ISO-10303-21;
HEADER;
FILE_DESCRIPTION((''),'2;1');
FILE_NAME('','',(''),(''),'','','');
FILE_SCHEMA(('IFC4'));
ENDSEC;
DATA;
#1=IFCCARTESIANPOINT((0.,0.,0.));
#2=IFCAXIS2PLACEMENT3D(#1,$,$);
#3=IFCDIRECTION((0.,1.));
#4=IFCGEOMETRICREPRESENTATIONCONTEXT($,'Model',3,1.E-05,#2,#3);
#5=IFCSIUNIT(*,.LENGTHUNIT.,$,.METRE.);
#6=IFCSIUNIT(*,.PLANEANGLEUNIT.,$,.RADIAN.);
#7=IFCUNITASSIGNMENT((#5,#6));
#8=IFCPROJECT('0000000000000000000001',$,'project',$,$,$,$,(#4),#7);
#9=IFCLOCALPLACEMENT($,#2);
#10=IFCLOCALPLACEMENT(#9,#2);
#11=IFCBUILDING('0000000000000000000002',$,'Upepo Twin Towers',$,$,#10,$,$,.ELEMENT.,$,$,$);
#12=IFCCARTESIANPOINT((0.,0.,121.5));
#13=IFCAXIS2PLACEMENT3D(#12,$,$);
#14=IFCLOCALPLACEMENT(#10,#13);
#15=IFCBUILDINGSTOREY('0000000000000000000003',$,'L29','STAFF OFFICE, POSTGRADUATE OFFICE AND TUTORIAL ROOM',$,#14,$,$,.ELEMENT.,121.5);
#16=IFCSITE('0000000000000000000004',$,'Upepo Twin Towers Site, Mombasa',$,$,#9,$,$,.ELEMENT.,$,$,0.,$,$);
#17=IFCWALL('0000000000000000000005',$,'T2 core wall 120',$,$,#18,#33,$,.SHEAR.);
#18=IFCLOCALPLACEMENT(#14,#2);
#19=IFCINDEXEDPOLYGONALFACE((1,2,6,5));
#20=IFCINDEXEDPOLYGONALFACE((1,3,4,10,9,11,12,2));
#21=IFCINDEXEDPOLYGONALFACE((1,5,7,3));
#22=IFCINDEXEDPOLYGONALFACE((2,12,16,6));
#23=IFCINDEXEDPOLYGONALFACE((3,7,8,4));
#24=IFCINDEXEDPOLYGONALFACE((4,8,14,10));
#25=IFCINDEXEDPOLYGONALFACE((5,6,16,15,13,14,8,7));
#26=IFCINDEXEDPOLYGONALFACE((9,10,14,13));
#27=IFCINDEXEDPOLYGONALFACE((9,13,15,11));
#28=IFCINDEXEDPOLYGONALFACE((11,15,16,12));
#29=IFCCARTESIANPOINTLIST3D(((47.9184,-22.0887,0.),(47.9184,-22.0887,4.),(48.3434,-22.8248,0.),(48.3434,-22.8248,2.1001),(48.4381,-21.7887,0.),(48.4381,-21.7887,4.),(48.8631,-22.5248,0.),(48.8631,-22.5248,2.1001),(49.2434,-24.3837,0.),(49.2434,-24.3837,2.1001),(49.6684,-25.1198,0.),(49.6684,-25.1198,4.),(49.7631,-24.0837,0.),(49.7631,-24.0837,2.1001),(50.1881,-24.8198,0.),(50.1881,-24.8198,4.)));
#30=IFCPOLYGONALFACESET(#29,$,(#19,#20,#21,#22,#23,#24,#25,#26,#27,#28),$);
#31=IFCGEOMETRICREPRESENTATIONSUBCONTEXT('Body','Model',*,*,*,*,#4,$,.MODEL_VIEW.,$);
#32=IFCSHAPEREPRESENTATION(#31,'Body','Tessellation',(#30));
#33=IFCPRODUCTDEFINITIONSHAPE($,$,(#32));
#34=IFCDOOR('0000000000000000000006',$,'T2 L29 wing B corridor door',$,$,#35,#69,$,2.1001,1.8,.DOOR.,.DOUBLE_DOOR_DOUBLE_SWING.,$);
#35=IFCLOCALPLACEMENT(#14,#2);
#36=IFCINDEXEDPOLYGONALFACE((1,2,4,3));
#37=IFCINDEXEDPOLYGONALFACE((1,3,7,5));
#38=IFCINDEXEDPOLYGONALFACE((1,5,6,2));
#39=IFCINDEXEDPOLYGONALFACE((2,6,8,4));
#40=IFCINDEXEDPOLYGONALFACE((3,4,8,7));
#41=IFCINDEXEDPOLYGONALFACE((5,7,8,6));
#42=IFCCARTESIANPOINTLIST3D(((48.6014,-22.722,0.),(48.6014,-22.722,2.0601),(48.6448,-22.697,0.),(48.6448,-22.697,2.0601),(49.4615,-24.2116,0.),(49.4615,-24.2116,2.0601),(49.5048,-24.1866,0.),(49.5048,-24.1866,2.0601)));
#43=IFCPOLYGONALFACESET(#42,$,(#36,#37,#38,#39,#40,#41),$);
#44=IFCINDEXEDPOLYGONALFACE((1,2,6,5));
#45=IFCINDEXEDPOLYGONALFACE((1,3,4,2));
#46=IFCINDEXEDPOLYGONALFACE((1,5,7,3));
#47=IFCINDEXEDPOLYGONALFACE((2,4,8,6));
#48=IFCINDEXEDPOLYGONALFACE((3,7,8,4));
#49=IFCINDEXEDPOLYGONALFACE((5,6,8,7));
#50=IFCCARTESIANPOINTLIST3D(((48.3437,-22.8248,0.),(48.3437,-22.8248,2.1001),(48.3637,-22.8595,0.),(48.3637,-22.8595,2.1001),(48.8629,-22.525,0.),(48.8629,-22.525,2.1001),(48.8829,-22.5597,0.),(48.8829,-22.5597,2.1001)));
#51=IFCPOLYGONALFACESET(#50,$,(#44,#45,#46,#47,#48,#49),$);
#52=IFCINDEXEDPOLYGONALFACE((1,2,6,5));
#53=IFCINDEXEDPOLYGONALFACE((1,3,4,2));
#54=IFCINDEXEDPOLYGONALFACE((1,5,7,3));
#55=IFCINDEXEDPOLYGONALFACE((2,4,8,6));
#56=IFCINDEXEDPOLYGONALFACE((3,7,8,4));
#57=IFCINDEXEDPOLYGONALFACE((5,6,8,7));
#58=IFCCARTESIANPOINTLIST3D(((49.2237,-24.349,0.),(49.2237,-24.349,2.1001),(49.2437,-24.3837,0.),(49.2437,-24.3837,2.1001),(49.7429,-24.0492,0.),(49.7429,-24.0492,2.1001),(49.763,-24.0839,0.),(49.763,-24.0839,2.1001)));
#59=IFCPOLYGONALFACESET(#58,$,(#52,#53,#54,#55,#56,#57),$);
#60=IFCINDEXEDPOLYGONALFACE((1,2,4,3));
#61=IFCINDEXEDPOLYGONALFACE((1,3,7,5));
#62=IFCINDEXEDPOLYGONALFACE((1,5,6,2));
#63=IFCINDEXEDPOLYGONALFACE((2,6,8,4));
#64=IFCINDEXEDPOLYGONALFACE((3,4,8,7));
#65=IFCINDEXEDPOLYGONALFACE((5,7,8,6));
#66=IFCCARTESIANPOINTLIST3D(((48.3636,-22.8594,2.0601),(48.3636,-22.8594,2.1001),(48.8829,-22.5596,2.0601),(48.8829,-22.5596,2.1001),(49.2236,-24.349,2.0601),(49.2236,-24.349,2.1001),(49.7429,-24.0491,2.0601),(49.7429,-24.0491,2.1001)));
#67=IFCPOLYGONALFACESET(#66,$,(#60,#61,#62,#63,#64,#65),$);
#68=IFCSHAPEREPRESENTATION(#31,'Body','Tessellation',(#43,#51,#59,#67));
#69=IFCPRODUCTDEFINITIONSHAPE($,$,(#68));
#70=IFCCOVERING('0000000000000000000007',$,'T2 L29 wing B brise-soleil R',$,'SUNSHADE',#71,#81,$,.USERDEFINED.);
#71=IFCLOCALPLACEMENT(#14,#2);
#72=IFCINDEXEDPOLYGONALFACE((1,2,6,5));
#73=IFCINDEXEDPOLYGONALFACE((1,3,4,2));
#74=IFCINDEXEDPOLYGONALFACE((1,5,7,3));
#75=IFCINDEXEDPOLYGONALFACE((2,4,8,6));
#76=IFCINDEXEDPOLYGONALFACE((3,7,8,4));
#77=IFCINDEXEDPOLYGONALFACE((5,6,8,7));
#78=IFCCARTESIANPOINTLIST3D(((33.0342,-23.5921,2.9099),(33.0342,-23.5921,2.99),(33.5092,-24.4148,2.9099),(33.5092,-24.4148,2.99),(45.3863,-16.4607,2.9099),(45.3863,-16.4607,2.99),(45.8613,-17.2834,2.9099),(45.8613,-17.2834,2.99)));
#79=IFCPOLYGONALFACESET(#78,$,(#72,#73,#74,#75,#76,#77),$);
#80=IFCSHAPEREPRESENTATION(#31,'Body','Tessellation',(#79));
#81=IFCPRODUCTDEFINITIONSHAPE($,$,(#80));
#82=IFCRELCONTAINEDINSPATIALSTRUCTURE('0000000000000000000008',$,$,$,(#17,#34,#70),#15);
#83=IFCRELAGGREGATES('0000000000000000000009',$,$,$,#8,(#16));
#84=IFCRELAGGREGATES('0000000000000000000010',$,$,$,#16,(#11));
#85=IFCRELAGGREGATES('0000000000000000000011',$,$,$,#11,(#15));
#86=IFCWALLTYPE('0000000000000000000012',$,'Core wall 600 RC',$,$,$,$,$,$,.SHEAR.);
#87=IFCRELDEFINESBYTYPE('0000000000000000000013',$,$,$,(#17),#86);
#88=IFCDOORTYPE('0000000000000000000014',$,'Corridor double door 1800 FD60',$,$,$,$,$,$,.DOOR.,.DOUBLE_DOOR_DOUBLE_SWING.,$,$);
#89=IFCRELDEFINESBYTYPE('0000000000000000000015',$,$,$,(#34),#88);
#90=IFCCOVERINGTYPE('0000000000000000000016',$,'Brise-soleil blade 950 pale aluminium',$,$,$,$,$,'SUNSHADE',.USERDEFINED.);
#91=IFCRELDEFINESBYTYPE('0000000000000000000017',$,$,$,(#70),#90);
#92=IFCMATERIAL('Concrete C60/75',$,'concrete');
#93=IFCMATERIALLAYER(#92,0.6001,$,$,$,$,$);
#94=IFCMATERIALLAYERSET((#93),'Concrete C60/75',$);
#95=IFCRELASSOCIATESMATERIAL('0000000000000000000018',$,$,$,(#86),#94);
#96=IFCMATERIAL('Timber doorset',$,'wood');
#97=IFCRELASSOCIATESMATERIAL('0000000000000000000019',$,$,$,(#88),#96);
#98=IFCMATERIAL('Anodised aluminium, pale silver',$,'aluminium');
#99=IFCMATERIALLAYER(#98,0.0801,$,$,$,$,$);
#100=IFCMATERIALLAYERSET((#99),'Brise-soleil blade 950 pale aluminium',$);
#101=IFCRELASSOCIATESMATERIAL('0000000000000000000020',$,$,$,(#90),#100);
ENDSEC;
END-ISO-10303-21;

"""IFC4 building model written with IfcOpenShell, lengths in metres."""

from ifc_helpers import new_model, si_unit, direction, frame, frame_2d, origin, origin_2d, place, context, subcontext, project, spatial, rectangle, extrude, material, layer, layer_set, type_object, element, fill, save


model = new_model("IFC4")

# Units and contexts
model_context = context("Model", 3, precision=1e-05, world=origin(), true_north=direction((0.0, 1.0)))
body_context = subcontext(model_context, "Body", "Model", "MODEL_VIEW")
ifc_project = project(units=[si_unit("LENGTHUNIT", "METRE"), si_unit("PLANEANGLEUNIT", "RADIAN")], contexts=[model_context])

# Site, building, storey
site_placement = place(None, origin())
site = spatial("IfcSite", under=ifc_project, at=site_placement, Name="Upepo Twin Towers Site, Mombasa", CompositionType="ELEMENT", RefElevation=0.0)
building_placement = place(site_placement, origin())
building = spatial("IfcBuilding", under=site, at=building_placement, Name="Upepo Twin Towers", CompositionType="ELEMENT")
storey_placement = place(building_placement, frame((0.0, 0.0, 121.5)))
storey = spatial("IfcBuildingStorey", under=building, at=storey_placement, Name="L29", Description="STAFF OFFICE, POSTGRADUATE OFFICE AND TUTORIAL ROOM", CompositionType="ELEMENT", Elevation=121.5)

# Shared definitions
ifc_material_1 = material(Name="Concrete C60/75", Category="concrete")
ifc_layer_1 = layer(ifc_material_1, 0.6001)
ifc_layer_set_1 = layer_set([ifc_layer_1], Name="Concrete C60/75")
wall_type_1 = type_object("IfcWallType", Name="Core wall 600 RC", PredefinedType="SHEAR", material=ifc_layer_set_1)

# Wall, opening, door
wall_1_placement = place(storey_placement, frame((48.1782, -21.9387, 0.0), z_axis=(0.0, 0.0, 1.0), x_axis=(0.50001, -0.866019, 0.0)))
wall_1 = element("IfcWall", 1, at=wall_1_placement, inside=storey, type_object=wall_type_1, Name="T2 core wall 120", PredefinedType="SHEAR", context=body_context, shape_type="SweptSolid", body=[
    extrude(rectangle(XDim=3.5, YDim=0.6001, at=frame_2d((1.75, 0.0))), origin(), (0.0, 0.0, 1.0), 4.0),
])
opening_placement = place(wall_1_placement, frame((0.8501, 0.0, 0.0)))
opening = element("IfcOpeningElement", 2, at=opening_placement, cuts=wall_1, PredefinedType="OPENING", context=body_context, shape_type="SweptSolid", body=[
    extrude(rectangle(XDim=1.8, YDim=2.1001, at=frame_2d((0.8999, 1.05))), frame((0.0, 0.3101, 0.0), z_axis=(0.0, -1.0, 0.0), x_axis=(1.0, 0.0, 0.0)), (0.0, 0.0, 1.0), 0.6201),
])
ifc_material_2 = material(Name="Timber doorset", Category="wood")
door_type = type_object("IfcDoorType", Name="Corridor double door 1800 FD60", OperationType="DOUBLE_DOOR_DOUBLE_SWING", PredefinedType="DOOR", material=ifc_material_2)
door_placement = place(opening_placement, origin())
door = element("IfcDoor", 3, at=door_placement, inside=storey, type_object=door_type, Name="T2 L29 wing B corridor door", OperationType="DOUBLE_DOOR_DOUBLE_SWING", OverallHeight=2.1001, OverallWidth=1.8, PredefinedType="DOOR", context=body_context, shape_type="SweptSolid", body=[
    extrude(rectangle(XDim=1.72, YDim=2.0601, at=frame_2d((0.8999, 1.03))), frame((0.0, 0.0249, 0.0), z_axis=(0.0, -1.0, 0.0), x_axis=(1.0, 0.0, 0.0)), (0.0, 0.0, 1.0), 0.05),
    extrude(rectangle(XDim=0.04, YDim=2.1001, at=frame_2d((0.02, 1.05))), frame((0.0, 0.2998, 0.0), z_axis=(0.0, -1.0, 0.0), x_axis=(1.0, 0.0, 0.0)), (0.0, 0.0, 1.0), 0.5996),
    extrude(rectangle(XDim=0.04, YDim=2.1001, at=frame_2d((1.78, 1.05))), frame((0.0, 0.2998, 0.0), z_axis=(0.0, -1.0, 0.0), x_axis=(1.0, 0.0, 0.0)), (0.0, 0.0, 1.0), 0.5996),
    extrude(rectangle(XDim=1.72, YDim=0.04, at=frame_2d((0.8999, 2.0801))), frame((0.0, 0.2998, 0.0), z_axis=(0.0, -1.0, 0.0), x_axis=(1.0, 0.0, 0.0)), (0.0, 0.0, 1.0), 0.5996),
])
fill(opening, door)

# Covering
ifc_material_3 = material(Name="Anodised aluminium, pale silver", Category="aluminium")
ifc_layer_2 = layer(ifc_material_3, 0.0801)
ifc_layer_set_2 = layer_set([ifc_layer_2], Name="Brise-soleil blade 950 pale aluminium")
covering_type = type_object("IfcCoveringType", Name="Brise-soleil blade 950 pale aluminium", ElementType="SUNSHADE", PredefinedType="USERDEFINED", material=ifc_layer_set_2)
covering_placement = place(storey_placement, frame((39.4478, -20.4377, 2.9099), z_axis=(0.0, 0.0, 1.0), x_axis=(-0.866025, -0.5, 0.0)))
element("IfcCovering", 4, at=covering_placement, inside=storey, type_object=covering_type, Name="T2 L29 wing B brise-soleil R", ObjectType="SUNSHADE", PredefinedType="USERDEFINED", context=body_context, shape_type="SweptSolid", body=[
    extrude(rectangle(XDim=14.2629, YDim=0.95, at=origin_2d()), origin(), (0.0, 0.0, 1.0), 0.0801),
])

save(model, "model.ifc")
